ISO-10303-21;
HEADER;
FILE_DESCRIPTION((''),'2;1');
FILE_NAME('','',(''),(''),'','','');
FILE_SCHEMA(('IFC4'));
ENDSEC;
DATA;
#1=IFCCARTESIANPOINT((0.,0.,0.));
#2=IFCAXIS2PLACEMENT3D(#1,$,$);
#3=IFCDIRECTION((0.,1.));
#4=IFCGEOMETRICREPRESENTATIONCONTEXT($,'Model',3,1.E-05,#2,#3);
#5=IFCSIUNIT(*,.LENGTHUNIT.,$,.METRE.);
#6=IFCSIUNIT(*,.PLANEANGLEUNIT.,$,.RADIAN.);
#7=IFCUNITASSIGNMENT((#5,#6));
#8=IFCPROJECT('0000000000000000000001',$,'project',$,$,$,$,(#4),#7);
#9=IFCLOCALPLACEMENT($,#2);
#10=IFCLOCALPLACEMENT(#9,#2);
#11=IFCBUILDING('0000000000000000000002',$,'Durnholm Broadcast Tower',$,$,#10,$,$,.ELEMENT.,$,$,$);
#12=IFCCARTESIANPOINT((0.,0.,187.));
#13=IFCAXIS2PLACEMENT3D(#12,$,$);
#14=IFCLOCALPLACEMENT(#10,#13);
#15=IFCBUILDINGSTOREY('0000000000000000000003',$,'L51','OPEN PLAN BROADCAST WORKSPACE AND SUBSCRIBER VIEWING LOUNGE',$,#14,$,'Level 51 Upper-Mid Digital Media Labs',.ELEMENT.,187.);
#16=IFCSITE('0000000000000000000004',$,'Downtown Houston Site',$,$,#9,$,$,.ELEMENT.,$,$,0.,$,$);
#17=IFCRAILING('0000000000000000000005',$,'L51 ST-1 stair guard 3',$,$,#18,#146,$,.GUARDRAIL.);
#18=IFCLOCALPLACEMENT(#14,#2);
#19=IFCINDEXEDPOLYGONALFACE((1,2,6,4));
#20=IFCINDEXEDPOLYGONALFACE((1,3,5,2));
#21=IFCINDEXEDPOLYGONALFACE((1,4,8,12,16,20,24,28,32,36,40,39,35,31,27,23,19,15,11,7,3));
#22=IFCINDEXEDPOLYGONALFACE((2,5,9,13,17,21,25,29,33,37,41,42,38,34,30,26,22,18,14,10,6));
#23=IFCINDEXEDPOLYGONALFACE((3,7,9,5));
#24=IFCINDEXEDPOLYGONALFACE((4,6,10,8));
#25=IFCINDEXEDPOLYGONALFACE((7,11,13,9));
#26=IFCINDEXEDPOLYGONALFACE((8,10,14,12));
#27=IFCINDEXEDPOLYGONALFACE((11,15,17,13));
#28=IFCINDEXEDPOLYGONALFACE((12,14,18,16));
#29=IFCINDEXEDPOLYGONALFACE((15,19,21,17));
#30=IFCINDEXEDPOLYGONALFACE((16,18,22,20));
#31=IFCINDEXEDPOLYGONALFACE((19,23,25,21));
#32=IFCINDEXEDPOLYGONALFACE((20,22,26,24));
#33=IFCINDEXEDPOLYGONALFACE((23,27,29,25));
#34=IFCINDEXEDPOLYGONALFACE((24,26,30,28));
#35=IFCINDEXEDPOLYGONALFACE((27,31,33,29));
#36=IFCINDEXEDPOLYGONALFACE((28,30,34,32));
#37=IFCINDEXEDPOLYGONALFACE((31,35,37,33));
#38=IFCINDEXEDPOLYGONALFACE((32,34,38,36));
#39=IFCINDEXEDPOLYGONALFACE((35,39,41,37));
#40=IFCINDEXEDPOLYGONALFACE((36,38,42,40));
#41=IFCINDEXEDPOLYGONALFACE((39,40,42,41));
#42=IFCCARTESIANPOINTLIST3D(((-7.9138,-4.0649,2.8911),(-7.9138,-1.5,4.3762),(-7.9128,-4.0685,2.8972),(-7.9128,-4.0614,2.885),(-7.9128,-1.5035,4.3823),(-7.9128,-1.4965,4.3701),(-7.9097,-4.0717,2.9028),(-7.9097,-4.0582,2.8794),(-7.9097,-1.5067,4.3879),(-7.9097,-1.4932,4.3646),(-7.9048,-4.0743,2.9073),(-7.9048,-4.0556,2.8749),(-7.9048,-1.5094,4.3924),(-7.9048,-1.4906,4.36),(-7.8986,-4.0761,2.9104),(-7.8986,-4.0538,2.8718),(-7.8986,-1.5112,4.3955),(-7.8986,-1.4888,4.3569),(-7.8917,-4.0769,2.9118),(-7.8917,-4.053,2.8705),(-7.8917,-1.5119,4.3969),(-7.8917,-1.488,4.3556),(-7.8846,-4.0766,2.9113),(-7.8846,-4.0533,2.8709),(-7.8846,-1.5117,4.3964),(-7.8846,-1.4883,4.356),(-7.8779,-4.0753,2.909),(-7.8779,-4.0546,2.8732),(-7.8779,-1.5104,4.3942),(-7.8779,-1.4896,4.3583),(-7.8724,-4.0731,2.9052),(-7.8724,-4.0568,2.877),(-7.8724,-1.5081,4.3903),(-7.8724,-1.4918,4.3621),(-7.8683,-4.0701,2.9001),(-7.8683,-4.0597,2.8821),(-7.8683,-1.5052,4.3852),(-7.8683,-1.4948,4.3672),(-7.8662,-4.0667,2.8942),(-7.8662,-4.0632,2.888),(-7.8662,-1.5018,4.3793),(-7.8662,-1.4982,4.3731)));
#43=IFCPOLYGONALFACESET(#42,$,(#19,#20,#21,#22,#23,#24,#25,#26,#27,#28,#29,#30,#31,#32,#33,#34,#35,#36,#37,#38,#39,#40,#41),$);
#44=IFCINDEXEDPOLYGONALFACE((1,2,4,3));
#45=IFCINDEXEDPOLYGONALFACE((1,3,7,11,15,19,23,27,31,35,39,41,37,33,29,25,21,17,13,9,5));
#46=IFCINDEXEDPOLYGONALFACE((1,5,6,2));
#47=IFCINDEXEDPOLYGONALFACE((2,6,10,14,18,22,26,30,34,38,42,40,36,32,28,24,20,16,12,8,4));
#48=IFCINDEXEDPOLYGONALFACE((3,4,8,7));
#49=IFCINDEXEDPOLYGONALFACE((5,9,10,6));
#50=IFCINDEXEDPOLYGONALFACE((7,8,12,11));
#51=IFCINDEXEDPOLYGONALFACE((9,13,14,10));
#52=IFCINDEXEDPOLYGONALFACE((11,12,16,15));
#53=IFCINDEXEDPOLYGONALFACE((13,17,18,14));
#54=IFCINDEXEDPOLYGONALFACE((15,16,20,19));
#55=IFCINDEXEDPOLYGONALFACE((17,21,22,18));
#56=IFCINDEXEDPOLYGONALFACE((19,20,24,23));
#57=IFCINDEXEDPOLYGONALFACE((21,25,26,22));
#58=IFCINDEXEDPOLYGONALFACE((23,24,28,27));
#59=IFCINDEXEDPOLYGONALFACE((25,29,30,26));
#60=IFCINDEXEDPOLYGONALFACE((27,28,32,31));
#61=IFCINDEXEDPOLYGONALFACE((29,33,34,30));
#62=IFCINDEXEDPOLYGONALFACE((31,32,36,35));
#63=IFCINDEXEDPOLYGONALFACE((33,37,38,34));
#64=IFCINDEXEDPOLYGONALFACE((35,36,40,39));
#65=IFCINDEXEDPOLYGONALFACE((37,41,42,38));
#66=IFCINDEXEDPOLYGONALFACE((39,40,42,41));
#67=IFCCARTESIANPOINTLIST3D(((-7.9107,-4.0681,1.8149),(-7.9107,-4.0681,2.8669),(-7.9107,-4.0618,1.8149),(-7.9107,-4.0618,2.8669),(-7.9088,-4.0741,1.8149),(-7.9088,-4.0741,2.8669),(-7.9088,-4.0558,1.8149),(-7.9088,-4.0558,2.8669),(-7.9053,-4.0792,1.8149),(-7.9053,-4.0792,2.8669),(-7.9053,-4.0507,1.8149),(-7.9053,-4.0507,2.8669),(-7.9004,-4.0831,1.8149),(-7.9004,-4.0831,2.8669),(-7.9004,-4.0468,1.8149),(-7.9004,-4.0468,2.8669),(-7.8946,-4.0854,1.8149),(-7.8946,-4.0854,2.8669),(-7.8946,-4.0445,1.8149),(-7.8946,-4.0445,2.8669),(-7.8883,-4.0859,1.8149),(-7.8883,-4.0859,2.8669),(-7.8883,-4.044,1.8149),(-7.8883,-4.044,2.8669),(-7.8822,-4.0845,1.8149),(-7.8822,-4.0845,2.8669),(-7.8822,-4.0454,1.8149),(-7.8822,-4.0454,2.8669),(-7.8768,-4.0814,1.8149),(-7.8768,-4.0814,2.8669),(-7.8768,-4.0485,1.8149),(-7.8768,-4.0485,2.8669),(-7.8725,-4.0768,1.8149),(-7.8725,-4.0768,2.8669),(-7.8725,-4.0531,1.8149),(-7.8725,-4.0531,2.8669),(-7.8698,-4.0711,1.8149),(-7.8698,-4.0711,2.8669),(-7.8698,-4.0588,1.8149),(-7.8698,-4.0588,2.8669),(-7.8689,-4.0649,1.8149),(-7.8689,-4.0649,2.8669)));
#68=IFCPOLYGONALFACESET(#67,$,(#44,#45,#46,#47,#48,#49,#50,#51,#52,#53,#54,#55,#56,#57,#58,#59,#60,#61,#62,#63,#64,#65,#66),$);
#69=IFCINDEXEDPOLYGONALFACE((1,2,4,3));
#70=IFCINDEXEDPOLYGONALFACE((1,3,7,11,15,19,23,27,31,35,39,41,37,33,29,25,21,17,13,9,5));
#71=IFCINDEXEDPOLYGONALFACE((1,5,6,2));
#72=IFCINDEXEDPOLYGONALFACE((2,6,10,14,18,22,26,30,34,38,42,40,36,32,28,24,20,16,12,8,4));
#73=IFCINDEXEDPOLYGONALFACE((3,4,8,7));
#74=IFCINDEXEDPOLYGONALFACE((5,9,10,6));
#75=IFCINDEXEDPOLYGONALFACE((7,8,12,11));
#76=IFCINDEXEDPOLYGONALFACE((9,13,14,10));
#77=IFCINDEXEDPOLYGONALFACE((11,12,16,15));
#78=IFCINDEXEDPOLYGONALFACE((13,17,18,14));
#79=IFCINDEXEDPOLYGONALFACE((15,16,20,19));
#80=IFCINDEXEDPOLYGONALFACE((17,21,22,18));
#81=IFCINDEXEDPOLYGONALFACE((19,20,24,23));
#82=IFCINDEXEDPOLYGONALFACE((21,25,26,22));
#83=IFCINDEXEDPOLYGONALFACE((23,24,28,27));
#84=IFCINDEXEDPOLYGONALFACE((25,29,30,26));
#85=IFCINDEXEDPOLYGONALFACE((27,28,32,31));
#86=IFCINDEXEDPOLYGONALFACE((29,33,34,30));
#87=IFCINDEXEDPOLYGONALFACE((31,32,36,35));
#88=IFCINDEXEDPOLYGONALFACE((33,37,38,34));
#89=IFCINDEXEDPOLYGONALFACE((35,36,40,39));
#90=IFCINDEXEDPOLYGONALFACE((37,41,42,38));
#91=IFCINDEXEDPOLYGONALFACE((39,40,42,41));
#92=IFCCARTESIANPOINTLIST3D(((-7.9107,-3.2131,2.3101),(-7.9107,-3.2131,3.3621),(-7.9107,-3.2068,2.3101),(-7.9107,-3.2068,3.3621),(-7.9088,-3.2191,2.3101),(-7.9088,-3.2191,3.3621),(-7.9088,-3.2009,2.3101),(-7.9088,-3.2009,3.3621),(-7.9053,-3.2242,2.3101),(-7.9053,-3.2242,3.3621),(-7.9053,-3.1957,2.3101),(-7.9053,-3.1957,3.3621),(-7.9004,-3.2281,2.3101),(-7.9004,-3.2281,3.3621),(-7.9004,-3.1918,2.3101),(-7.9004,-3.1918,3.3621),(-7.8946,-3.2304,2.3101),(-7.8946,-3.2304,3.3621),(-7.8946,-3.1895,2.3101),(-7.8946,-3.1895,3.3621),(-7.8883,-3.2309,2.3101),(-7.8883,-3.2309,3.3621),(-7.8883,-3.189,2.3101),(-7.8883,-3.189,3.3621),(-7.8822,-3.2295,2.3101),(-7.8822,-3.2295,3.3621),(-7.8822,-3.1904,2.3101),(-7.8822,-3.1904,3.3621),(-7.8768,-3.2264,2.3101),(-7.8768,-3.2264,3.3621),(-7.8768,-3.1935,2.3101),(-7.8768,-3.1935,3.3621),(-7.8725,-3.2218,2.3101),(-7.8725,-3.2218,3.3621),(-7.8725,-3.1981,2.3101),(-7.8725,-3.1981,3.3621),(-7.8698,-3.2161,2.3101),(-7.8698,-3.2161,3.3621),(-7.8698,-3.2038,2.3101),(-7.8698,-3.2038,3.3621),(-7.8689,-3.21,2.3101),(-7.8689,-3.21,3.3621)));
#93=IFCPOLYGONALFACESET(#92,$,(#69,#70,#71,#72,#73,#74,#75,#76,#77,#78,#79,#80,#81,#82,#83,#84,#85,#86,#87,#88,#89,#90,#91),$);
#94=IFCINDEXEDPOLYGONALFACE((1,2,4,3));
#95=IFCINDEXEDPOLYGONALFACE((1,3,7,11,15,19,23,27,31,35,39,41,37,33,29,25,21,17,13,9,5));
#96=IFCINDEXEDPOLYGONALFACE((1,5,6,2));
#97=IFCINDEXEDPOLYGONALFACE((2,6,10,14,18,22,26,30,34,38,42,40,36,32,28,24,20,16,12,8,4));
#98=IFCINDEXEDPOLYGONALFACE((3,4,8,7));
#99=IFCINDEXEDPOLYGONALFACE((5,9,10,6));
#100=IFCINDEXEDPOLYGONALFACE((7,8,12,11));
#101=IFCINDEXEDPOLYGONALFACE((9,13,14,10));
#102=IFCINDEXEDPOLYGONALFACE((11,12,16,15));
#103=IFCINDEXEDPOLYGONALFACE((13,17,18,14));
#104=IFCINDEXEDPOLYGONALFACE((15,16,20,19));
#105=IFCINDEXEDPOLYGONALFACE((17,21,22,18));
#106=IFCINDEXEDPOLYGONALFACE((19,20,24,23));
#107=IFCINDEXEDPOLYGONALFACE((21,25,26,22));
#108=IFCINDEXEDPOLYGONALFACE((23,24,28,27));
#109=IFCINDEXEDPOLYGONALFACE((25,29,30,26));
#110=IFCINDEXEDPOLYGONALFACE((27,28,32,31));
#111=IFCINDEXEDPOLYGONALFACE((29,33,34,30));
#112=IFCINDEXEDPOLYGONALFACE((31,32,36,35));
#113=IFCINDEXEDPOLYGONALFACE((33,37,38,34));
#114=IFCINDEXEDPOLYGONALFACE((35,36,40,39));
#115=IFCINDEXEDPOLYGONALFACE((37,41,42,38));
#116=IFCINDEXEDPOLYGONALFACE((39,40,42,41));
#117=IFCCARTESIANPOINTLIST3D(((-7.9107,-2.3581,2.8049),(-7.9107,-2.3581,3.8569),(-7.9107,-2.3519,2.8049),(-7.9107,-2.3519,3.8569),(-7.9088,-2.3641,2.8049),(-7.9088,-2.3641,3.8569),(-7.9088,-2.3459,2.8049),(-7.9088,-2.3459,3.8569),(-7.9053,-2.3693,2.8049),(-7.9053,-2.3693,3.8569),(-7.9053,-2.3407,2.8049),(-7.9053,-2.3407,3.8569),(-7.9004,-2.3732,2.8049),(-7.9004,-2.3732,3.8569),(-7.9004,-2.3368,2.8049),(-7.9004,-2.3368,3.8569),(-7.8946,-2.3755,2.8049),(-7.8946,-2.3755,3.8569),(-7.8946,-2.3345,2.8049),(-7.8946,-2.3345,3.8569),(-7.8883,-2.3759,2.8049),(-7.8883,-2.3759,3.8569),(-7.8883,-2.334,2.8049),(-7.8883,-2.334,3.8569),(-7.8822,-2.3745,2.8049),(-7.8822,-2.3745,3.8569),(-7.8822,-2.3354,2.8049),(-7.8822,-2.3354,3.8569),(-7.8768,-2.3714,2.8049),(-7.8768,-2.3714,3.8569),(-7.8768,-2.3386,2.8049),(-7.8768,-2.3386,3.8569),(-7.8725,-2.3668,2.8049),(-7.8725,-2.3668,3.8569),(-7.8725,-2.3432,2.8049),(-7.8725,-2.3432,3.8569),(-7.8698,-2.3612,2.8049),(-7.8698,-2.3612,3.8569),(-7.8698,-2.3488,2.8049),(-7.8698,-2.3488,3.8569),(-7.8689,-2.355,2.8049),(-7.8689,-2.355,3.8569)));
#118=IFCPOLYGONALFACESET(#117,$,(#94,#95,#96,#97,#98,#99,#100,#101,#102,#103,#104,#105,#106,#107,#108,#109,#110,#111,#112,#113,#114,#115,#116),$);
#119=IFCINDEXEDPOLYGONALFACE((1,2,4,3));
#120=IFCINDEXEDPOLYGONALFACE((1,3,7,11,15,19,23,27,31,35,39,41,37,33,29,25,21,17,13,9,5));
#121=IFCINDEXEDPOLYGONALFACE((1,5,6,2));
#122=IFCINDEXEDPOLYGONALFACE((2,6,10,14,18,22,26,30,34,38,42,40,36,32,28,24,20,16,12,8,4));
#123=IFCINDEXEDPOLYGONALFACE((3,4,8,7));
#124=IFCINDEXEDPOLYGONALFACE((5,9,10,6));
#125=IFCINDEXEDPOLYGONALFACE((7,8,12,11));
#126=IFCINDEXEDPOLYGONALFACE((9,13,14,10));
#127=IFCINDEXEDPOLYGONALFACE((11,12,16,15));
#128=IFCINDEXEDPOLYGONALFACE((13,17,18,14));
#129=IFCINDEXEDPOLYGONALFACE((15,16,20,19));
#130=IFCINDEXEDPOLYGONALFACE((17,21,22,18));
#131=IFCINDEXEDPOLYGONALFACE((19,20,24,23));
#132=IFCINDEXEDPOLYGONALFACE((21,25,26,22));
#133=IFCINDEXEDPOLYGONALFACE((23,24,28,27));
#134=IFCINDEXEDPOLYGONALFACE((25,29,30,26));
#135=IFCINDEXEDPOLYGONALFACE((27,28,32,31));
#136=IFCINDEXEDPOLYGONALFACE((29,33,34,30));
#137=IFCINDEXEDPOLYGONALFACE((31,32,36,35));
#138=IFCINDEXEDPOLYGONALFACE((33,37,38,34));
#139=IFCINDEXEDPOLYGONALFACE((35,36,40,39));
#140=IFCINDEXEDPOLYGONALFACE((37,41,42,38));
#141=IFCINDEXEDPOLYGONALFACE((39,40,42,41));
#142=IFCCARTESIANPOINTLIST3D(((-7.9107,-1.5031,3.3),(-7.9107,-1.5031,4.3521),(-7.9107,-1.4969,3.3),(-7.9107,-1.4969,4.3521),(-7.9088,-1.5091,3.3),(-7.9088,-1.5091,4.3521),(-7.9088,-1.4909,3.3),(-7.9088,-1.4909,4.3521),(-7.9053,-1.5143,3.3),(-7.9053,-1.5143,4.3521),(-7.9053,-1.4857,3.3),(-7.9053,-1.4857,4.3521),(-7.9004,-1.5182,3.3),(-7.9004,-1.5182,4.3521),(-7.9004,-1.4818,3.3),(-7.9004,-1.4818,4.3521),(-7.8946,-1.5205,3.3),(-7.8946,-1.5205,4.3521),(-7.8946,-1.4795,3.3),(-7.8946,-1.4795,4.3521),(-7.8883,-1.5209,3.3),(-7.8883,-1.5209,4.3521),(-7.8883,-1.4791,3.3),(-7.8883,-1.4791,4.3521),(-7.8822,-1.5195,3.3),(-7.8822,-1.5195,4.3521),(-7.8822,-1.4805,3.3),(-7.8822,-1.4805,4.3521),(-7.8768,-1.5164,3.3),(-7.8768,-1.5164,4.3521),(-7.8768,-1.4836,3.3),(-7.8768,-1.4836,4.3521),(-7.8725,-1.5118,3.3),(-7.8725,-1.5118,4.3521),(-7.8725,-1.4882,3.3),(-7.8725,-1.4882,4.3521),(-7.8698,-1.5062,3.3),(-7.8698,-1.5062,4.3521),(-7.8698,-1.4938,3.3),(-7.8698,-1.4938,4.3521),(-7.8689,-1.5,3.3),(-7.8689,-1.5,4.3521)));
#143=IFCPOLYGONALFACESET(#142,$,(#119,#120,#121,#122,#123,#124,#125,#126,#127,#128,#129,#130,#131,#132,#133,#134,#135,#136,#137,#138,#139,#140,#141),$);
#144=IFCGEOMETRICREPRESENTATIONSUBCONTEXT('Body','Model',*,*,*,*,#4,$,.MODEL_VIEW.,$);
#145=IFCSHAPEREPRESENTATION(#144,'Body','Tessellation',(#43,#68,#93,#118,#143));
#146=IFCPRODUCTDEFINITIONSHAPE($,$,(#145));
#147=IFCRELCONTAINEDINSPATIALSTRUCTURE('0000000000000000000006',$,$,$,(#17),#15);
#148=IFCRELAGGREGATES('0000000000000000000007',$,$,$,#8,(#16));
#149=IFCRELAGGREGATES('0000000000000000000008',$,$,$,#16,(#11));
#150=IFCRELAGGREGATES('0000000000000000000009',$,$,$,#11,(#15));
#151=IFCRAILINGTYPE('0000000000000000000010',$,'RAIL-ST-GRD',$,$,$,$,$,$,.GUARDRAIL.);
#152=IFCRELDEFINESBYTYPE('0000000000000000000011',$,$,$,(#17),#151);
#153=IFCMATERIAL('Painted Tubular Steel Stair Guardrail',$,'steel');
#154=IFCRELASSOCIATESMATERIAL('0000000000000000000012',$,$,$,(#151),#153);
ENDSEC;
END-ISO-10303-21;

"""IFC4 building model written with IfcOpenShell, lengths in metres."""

from ifc_helpers import new_model, si_unit, direction, frame, origin, origin_2d, place, context, subcontext, project, spatial, circle, extrude, material, type_object, element, save


model = new_model("IFC4")

# Units and contexts
model_context = context("Model", 3, precision=1e-05, world=origin(), true_north=direction((0.0, 1.0)))
body_context = subcontext(model_context, "Body", "Model", "MODEL_VIEW")
ifc_project = project(units=[si_unit("LENGTHUNIT", "METRE"), si_unit("PLANEANGLEUNIT", "RADIAN")], contexts=[model_context])

# Site, building, storey
site_placement = place(None, origin())
site = spatial("IfcSite", under=ifc_project, at=site_placement, Name="Downtown Houston Site", CompositionType="ELEMENT", RefElevation=0.0)
building_placement = place(site_placement, origin())
building = spatial("IfcBuilding", under=site, at=building_placement, Name="Durnholm Broadcast Tower", CompositionType="ELEMENT")
storey_placement = place(building_placement, frame((0.0, 0.0, 187.0)))
storey = spatial("IfcBuildingStorey", under=building, at=storey_placement, Name="L51", Description="OPEN PLAN BROADCAST WORKSPACE AND SUBSCRIBER VIEWING LOUNGE", LongName="Level 51 Upper-Mid Digital Media Labs", CompositionType="ELEMENT", Elevation=187.0)

# Railing
ifc_material_1 = material(Name="Painted Tubular Steel Stair Guardrail", Category="steel")
railing_type_1 = type_object("IfcRailingType", Name="RAIL-ST-GRD", PredefinedType="GUARDRAIL", material=ifc_material_1)
railing_1_placement = place(storey_placement, frame((-7.8899, -4.0649, 1.8149)))
element("IfcRailing", 1, at=railing_1_placement, inside=storey, type_object=railing_type_1, Name="L51 ST-1 stair guard 3", PredefinedType="GUARDRAIL", context=body_context, shape_type="SweptSolid", body=[
    extrude(circle(Radius=0.0239, at=origin_2d()), frame((0.0, 0.0, 1.0762), z_axis=(0.0, 0.865406, 0.501072), x_axis=(-1.0, 0.0, 0.0)), (0.0, 0.0, 1.0), 2.9639),
    extrude(circle(Radius=0.021, at=origin_2d()), origin(), (0.0, 0.0, 1.0), 1.052),
    extrude(circle(Radius=0.021, at=origin_2d()), frame((0.0, 0.855, 0.4951)), (0.0, 0.0, 1.0), 1.052),
    extrude(circle(Radius=0.021, at=origin_2d()), frame((0.0, 1.71, 0.99)), (0.0, 0.0, 1.0), 1.052),
    extrude(circle(Radius=0.021, at=origin_2d()), frame((0.0, 2.5649, 1.4851)), (0.0, 0.0, 1.0), 1.052),
])

save(model, "model.ifc")
